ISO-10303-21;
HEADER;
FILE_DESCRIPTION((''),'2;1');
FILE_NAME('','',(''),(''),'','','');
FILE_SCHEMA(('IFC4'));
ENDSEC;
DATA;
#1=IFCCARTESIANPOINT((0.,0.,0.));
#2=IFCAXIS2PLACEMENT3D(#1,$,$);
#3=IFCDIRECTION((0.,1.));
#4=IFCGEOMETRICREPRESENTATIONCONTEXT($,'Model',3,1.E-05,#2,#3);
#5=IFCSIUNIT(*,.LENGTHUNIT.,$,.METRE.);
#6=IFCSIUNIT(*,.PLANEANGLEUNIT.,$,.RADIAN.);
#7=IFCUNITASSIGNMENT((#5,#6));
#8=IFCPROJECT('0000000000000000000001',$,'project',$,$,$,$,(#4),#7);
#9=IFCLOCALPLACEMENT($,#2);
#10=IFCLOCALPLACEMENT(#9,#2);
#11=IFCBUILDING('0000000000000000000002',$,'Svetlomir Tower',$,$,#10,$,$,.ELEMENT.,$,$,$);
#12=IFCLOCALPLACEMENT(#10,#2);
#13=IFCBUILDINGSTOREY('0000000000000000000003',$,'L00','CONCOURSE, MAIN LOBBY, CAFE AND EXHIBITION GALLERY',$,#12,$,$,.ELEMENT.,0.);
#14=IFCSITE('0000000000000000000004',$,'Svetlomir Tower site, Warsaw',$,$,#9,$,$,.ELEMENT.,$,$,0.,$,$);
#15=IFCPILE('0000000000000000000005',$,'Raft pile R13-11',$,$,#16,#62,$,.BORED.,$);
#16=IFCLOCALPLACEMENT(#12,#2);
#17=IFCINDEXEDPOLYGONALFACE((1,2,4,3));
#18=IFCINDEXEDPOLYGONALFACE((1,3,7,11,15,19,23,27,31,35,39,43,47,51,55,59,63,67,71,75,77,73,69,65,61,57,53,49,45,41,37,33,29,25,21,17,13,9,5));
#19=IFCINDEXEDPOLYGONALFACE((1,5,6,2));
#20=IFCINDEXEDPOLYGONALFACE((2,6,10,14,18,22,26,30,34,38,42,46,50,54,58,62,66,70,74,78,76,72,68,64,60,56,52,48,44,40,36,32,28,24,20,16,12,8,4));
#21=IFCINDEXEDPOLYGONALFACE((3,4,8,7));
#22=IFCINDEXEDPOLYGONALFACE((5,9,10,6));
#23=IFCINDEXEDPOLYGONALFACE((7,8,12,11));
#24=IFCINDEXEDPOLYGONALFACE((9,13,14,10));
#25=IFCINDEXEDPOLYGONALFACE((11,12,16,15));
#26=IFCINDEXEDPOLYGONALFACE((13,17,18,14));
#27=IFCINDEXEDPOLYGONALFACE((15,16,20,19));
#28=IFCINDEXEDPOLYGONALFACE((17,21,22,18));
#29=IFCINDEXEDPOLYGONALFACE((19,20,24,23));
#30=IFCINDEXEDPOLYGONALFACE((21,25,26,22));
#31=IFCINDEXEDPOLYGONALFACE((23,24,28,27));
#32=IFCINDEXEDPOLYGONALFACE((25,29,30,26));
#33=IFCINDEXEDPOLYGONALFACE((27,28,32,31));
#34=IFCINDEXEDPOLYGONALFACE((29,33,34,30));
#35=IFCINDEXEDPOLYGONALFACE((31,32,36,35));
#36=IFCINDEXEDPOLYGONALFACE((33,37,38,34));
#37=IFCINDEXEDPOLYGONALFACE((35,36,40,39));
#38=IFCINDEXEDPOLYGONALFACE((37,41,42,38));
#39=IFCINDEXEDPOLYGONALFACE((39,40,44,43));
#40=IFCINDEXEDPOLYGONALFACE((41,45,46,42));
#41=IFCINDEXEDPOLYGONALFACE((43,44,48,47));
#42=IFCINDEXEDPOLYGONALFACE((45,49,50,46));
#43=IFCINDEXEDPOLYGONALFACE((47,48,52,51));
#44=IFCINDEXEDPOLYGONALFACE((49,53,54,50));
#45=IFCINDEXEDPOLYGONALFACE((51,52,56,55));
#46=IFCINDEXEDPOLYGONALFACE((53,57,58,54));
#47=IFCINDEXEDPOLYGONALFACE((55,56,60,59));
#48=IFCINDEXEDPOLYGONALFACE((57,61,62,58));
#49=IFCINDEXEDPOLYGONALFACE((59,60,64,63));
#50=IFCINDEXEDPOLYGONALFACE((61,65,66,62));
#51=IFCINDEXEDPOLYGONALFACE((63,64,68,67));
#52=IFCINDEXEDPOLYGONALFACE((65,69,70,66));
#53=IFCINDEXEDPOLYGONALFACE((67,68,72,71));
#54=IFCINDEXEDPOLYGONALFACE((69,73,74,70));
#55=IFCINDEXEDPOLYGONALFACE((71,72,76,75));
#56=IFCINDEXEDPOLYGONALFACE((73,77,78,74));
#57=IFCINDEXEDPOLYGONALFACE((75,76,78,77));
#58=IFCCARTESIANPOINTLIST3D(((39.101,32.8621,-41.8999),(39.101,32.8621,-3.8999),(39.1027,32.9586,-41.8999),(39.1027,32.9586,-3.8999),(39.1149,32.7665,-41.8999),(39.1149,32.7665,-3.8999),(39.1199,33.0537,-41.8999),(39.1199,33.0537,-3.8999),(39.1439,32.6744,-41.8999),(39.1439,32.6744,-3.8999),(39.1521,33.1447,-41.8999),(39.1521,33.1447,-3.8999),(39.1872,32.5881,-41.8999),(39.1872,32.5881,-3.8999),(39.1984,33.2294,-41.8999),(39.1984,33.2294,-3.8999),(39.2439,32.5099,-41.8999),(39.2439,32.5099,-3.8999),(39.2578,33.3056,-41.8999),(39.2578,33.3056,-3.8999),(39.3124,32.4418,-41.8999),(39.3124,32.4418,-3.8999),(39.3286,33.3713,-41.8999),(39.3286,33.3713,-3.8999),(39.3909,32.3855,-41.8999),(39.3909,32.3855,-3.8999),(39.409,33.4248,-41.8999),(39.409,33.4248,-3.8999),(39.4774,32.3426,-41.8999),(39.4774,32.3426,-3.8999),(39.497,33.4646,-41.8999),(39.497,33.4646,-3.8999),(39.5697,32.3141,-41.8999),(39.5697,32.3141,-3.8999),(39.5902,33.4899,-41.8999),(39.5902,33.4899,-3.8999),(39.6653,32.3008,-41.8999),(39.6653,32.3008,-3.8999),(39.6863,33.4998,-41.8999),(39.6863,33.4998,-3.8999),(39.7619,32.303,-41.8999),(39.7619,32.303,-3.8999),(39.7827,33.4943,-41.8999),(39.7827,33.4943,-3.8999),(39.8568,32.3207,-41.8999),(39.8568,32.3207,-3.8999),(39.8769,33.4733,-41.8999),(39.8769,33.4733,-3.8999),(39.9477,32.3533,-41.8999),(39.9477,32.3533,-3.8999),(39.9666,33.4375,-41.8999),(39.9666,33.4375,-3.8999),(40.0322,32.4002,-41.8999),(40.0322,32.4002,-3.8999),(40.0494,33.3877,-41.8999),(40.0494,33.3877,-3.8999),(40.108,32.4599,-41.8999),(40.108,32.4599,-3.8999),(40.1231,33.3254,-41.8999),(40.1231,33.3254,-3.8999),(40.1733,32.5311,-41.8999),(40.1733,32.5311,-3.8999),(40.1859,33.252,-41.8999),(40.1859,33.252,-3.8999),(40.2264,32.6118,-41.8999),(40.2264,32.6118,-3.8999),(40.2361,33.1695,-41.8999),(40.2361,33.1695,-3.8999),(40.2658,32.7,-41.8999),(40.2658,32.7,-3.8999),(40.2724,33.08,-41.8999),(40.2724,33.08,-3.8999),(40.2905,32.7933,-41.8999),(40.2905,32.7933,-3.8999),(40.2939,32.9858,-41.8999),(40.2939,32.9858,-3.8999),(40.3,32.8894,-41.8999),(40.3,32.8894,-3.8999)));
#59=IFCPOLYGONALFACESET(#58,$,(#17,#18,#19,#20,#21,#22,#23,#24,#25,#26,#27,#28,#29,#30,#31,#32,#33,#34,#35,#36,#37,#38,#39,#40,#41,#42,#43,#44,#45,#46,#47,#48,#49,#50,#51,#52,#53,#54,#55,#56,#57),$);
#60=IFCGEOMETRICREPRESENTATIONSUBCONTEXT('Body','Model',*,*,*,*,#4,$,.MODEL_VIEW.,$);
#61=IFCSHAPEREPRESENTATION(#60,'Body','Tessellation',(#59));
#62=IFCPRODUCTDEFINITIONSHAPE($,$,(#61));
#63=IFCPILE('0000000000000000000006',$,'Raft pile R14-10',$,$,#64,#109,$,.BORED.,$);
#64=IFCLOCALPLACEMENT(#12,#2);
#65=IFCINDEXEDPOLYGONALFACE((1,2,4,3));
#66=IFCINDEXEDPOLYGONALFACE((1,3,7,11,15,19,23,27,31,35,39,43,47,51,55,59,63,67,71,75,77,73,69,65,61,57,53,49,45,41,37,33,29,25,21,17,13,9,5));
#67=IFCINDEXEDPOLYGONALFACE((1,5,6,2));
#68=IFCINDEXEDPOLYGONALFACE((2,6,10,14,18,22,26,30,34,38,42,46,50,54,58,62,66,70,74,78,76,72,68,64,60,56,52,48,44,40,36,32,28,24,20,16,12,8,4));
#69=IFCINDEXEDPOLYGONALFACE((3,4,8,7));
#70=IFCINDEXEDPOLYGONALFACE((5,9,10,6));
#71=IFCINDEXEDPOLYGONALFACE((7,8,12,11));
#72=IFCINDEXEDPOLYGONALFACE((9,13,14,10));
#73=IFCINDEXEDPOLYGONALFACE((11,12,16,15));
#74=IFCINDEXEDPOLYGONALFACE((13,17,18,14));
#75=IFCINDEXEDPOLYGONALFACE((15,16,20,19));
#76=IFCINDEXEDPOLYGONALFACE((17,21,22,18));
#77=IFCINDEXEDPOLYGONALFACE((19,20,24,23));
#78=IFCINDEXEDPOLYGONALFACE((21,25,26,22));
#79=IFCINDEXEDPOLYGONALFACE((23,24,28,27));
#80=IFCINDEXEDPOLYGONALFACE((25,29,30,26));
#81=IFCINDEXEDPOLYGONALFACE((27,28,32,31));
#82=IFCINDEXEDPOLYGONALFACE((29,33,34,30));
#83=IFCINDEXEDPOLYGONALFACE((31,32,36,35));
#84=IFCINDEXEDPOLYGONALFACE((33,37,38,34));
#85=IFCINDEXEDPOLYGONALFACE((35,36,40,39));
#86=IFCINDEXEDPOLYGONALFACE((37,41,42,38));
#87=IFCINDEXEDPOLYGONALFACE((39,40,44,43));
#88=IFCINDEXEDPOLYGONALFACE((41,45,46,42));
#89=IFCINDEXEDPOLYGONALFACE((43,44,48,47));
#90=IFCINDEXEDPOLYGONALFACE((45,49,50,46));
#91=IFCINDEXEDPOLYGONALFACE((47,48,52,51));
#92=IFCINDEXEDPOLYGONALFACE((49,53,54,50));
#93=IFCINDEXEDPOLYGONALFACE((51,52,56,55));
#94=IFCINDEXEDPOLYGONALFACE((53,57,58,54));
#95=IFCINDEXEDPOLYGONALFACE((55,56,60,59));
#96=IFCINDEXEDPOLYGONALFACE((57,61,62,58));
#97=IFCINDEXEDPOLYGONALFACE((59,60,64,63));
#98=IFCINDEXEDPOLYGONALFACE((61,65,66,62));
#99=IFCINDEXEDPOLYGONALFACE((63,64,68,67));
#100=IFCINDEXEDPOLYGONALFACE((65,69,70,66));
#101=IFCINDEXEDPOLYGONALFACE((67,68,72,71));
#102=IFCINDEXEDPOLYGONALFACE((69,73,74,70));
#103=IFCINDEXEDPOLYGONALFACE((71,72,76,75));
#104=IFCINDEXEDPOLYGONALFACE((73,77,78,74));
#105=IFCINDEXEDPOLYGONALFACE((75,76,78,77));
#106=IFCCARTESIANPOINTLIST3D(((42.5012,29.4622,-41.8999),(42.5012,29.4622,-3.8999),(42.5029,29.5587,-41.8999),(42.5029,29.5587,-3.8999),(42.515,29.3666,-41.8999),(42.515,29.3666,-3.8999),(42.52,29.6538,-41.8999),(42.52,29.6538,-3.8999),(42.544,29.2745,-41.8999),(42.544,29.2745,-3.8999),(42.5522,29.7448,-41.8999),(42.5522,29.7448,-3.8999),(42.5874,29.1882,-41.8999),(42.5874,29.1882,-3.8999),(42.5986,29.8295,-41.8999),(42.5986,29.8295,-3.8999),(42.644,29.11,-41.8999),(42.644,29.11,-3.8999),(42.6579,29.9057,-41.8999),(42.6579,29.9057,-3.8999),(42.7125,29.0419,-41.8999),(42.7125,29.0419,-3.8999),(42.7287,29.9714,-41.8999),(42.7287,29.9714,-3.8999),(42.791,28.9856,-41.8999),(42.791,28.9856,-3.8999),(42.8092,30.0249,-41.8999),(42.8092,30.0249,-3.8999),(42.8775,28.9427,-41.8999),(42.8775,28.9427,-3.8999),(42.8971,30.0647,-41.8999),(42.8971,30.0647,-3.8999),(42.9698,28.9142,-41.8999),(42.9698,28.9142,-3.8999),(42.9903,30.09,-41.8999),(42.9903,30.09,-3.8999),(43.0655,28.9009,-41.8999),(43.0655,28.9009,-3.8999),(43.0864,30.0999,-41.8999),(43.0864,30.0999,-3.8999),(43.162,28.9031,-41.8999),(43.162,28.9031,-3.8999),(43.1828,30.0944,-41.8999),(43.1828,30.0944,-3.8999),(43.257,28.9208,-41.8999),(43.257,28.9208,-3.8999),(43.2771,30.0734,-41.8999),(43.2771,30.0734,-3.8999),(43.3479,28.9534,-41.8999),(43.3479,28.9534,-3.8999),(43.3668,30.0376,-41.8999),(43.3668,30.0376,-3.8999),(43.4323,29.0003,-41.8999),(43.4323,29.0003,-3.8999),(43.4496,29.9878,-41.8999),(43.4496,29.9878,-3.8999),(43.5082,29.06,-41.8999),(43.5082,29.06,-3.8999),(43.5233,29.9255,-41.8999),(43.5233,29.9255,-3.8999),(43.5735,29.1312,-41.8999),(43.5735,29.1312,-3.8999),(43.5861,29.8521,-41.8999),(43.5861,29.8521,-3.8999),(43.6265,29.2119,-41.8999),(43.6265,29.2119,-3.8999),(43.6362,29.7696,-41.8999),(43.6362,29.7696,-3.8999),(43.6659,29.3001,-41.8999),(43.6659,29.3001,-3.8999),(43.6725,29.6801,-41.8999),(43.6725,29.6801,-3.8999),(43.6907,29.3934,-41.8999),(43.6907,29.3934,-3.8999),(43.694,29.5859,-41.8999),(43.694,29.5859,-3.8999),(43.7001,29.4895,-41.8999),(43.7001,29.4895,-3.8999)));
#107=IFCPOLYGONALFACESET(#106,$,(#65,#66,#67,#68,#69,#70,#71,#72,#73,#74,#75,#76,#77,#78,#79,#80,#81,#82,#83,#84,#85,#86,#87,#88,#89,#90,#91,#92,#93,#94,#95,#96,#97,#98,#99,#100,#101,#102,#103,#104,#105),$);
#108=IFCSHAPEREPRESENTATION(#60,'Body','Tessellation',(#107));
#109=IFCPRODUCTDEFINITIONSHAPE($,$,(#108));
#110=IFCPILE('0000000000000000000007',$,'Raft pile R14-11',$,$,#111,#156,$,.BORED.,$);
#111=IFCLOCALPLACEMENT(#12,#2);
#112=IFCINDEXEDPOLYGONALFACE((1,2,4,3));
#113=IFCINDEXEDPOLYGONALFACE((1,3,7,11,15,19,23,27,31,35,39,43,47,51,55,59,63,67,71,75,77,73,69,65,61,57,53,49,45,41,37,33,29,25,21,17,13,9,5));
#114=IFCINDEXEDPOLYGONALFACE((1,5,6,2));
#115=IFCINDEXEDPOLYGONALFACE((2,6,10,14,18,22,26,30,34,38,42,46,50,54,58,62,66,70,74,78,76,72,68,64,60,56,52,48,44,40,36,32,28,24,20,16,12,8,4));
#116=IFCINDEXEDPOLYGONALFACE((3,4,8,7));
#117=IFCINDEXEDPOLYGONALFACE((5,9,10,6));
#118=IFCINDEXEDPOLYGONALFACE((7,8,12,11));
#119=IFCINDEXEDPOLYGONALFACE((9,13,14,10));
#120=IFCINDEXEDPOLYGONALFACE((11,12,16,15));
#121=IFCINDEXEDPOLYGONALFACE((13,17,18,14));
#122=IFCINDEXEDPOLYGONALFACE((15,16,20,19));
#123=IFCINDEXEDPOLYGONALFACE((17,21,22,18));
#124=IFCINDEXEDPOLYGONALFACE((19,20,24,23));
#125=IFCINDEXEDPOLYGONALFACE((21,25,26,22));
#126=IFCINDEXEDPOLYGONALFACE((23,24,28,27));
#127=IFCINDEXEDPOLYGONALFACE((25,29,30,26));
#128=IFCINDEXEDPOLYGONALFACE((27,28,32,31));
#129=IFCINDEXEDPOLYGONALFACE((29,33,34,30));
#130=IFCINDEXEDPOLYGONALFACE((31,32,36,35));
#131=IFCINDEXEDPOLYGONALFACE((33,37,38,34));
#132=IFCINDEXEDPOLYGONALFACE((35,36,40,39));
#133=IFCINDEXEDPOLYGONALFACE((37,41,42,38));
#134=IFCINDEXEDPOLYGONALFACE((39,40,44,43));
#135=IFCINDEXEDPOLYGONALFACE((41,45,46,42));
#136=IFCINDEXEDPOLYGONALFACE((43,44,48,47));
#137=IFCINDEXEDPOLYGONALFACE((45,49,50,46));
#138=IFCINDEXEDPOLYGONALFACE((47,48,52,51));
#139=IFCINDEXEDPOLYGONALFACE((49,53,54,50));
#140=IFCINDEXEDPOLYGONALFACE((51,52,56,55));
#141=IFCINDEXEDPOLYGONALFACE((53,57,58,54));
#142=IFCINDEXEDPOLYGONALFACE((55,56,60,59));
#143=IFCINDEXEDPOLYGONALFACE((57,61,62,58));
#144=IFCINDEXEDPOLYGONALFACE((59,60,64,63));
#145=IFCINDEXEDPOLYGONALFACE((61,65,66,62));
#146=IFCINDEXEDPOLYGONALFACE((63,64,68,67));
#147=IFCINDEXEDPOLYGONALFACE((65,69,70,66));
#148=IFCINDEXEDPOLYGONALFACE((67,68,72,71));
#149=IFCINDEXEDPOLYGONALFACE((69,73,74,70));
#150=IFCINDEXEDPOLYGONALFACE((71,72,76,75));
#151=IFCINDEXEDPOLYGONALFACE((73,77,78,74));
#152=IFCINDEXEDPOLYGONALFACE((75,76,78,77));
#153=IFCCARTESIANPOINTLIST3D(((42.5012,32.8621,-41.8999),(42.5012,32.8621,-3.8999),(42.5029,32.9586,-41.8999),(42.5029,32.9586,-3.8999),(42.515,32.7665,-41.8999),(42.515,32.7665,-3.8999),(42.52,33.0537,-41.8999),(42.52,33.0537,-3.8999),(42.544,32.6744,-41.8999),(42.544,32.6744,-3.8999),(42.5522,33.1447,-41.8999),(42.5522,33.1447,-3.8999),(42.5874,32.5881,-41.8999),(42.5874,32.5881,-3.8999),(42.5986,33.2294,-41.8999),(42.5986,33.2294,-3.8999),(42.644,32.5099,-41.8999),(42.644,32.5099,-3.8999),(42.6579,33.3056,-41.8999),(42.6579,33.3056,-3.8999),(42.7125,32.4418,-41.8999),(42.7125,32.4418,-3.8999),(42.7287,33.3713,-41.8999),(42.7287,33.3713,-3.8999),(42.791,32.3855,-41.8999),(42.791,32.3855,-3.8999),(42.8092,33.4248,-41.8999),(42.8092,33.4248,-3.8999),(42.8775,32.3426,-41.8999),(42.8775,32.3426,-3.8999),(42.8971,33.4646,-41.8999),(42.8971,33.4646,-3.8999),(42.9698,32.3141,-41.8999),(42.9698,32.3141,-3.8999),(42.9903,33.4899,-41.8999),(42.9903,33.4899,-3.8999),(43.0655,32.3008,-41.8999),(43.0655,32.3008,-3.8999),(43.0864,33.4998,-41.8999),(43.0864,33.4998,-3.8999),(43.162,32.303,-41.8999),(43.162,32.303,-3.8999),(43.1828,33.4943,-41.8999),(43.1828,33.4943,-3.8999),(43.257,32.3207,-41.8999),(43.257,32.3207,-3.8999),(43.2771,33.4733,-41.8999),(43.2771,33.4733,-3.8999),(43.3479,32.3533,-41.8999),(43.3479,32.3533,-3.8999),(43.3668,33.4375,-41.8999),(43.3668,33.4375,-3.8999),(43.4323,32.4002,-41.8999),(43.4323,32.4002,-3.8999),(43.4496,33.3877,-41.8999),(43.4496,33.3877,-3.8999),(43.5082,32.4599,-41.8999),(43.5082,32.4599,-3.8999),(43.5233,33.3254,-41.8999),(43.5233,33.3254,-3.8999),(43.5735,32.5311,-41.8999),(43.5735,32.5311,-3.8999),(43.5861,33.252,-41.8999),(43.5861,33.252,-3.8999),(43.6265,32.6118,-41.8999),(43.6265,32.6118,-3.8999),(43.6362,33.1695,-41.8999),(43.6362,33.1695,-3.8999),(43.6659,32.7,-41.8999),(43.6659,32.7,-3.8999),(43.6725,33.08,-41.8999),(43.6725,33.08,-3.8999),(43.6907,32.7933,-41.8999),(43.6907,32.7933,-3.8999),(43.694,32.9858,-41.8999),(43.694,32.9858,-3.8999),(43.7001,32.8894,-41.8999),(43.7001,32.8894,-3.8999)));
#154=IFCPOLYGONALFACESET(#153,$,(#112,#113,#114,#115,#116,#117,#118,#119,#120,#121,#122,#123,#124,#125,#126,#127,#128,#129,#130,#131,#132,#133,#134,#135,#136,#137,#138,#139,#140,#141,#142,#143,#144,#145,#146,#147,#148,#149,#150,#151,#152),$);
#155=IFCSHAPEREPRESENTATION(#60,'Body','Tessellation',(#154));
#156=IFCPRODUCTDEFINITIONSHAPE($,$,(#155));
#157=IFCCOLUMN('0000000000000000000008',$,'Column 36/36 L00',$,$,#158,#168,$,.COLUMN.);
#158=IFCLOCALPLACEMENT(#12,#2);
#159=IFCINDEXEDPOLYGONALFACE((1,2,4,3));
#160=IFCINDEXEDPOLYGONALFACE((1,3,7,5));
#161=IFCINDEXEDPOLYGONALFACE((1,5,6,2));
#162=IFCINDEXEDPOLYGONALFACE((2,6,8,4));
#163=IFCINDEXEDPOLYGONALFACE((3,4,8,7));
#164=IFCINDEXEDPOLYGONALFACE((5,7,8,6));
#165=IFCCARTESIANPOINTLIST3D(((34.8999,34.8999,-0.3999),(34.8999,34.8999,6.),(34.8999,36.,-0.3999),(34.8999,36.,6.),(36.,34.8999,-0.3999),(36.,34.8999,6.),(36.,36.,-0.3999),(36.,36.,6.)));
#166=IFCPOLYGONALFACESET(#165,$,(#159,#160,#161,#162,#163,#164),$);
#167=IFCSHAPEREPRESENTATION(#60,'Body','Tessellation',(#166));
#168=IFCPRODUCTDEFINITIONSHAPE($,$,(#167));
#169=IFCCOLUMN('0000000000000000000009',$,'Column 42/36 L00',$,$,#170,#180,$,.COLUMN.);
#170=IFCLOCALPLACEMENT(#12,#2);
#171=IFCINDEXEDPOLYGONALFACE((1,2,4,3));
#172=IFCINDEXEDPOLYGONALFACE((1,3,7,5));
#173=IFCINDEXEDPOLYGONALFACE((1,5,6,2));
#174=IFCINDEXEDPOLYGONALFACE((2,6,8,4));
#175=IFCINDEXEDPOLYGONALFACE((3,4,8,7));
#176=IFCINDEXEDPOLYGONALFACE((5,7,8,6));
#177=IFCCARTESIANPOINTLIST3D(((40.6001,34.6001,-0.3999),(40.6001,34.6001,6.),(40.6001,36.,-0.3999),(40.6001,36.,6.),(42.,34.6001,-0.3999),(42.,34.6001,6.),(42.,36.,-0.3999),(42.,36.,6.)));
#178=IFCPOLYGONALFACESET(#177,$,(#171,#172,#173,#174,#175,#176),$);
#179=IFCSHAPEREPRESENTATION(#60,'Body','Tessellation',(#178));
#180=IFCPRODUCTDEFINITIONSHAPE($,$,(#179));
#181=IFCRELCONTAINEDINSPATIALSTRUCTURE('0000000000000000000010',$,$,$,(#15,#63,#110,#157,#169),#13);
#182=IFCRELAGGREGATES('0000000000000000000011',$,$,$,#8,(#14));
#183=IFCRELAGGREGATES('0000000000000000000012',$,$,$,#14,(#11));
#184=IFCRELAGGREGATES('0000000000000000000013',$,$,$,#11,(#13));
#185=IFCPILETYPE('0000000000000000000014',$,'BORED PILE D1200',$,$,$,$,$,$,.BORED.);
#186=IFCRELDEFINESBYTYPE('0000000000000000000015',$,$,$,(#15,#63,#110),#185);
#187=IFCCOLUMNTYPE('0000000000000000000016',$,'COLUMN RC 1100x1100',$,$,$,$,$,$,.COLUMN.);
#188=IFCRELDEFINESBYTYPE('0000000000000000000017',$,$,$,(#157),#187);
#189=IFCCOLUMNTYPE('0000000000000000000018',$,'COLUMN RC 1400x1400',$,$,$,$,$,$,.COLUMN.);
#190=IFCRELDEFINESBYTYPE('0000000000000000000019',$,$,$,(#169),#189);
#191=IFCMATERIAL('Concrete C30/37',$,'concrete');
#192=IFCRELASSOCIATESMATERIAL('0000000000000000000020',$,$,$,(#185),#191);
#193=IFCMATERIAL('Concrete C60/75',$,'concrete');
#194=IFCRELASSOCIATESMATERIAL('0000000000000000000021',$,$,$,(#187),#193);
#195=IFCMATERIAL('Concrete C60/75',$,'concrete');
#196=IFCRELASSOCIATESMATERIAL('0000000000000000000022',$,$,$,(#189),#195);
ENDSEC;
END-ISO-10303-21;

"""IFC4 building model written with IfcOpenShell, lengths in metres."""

from ifc_helpers import new_model, si_unit, direction, frame, frame_2d, origin, origin_2d, place, context, subcontext, project, spatial, rectangle, circle, extrude, material, material_profile, profile_set, type_object, element, save


model = new_model("IFC4")

# Units and contexts
model_context = context("Model", 3, precision=1e-05, world=origin(), true_north=direction((0.0, 1.0)))
body_context = subcontext(model_context, "Body", "Model", "MODEL_VIEW")
ifc_project = project(units=[si_unit("LENGTHUNIT", "METRE"), si_unit("PLANEANGLEUNIT", "RADIAN")], contexts=[model_context])

# Site, building, storey
site_placement = place(None, origin())
site = spatial("IfcSite", under=ifc_project, at=site_placement, Name="Svetlomir Tower site, Warsaw", CompositionType="ELEMENT", RefElevation=0.0)
building_placement = place(site_placement, origin())
building = spatial("IfcBuilding", under=site, at=building_placement, Name="Svetlomir Tower", CompositionType="ELEMENT")
storey_placement = place(building_placement, origin())
storey = spatial("IfcBuildingStorey", under=building, at=storey_placement, Name="L00", Description="CONCOURSE, MAIN LOBBY, CAFE AND EXHIBITION GALLERY", CompositionType="ELEMENT", Elevation=0.0)

# Piles
ifc_material_1 = material(Name="Concrete C30/37", Category="concrete")
ifc_material_profile_1 = material_profile(ifc_material_1, circle(Radius=0.6001, at=origin_2d()), Name="D1200")
ifc_profile_set_1 = profile_set([ifc_material_profile_1], Name="Concrete C30/37")
pile_type = type_object("IfcPileType", Name="BORED PILE D1200", PredefinedType="BORED", material=ifc_profile_set_1)
for number, where, z_axis, x_axis, name in (
    (1, (39.7, 32.8999, -3.8999), (0.0, 0.0, -1.0), (1.0, 0.0, 0.0), "Raft pile R13-11"),
    (2, (43.1001, 29.5, -3.8999), (0.0, 0.0, -1.0), (1.0, 0.0, 0.0), "Raft pile R14-10"),
    (3, (43.1001, 32.8999, -3.8999), (0.0, 0.0, -1.0), (1.0, 0.0, 0.0), "Raft pile R14-11"),
):
    element("IfcPile", number, at=place(storey_placement, frame(where, z_axis=z_axis, x_axis=x_axis)), inside=storey, type_object=pile_type, Name=name, PredefinedType="BORED", context=body_context, shape_type="SweptSolid", body=[
        extrude(circle(Radius=0.6001, at=frame_2d((0.0, 0.0), x_axis=(0.999848, 0.017452))), origin(), (0.0, 0.0, 1.0), 38.0),
    ])

# Columns
ifc_material_2 = material(Name="Concrete C60/75", Category="concrete")
ifc_material_profile_2 = material_profile(ifc_material_2, rectangle(XDim=1.1001, YDim=1.1001, at=origin_2d()), Name="RC 1100x1100")
ifc_profile_set_2 = profile_set([ifc_material_profile_2], Name="Concrete C60/75")
column_type_1 = type_object("IfcColumnType", Name="COLUMN RC 1100x1100", PredefinedType="COLUMN", material=ifc_profile_set_2)
column_1_placement = place(storey_placement, frame((35.45, 35.45, -0.3999), z_axis=(0.0, 0.0, 1.0), x_axis=(1.0, 0.0, 0.0)))
element("IfcColumn", 4, at=column_1_placement, inside=storey, type_object=column_type_1, Name="Column 36/36 L00", PredefinedType="COLUMN", context=body_context, shape_type="SweptSolid", body=[
    extrude(rectangle(XDim=1.1001, YDim=1.1001, at=origin_2d()), origin(), (0.0, 0.0, 1.0), 6.3999),
])
ifc_material_3 = material(Name="Concrete C60/75", Category="concrete")
ifc_material_profile_3 = material_profile(ifc_material_3, rectangle(XDim=1.3999, YDim=1.3999, at=origin_2d()), Name="RC 1400x1400")
ifc_profile_set_3 = profile_set([ifc_material_profile_3], Name="Concrete C60/75")
column_type_2 = type_object("IfcColumnType", Name="COLUMN RC 1400x1400", PredefinedType="COLUMN", material=ifc_profile_set_3)
column_2_placement = place(storey_placement, frame((41.3, 35.3, -0.3999), z_axis=(0.0, 0.0, 1.0), x_axis=(1.0, 0.0, 0.0)))
element("IfcColumn", 5, at=column_2_placement, inside=storey, type_object=column_type_2, Name="Column 42/36 L00", PredefinedType="COLUMN", context=body_context, shape_type="SweptSolid", body=[
    extrude(rectangle(XDim=1.3999, YDim=1.3999, at=origin_2d()), origin(), (0.0, 0.0, 1.0), 6.3999),
])

save(model, "model.ifc")
